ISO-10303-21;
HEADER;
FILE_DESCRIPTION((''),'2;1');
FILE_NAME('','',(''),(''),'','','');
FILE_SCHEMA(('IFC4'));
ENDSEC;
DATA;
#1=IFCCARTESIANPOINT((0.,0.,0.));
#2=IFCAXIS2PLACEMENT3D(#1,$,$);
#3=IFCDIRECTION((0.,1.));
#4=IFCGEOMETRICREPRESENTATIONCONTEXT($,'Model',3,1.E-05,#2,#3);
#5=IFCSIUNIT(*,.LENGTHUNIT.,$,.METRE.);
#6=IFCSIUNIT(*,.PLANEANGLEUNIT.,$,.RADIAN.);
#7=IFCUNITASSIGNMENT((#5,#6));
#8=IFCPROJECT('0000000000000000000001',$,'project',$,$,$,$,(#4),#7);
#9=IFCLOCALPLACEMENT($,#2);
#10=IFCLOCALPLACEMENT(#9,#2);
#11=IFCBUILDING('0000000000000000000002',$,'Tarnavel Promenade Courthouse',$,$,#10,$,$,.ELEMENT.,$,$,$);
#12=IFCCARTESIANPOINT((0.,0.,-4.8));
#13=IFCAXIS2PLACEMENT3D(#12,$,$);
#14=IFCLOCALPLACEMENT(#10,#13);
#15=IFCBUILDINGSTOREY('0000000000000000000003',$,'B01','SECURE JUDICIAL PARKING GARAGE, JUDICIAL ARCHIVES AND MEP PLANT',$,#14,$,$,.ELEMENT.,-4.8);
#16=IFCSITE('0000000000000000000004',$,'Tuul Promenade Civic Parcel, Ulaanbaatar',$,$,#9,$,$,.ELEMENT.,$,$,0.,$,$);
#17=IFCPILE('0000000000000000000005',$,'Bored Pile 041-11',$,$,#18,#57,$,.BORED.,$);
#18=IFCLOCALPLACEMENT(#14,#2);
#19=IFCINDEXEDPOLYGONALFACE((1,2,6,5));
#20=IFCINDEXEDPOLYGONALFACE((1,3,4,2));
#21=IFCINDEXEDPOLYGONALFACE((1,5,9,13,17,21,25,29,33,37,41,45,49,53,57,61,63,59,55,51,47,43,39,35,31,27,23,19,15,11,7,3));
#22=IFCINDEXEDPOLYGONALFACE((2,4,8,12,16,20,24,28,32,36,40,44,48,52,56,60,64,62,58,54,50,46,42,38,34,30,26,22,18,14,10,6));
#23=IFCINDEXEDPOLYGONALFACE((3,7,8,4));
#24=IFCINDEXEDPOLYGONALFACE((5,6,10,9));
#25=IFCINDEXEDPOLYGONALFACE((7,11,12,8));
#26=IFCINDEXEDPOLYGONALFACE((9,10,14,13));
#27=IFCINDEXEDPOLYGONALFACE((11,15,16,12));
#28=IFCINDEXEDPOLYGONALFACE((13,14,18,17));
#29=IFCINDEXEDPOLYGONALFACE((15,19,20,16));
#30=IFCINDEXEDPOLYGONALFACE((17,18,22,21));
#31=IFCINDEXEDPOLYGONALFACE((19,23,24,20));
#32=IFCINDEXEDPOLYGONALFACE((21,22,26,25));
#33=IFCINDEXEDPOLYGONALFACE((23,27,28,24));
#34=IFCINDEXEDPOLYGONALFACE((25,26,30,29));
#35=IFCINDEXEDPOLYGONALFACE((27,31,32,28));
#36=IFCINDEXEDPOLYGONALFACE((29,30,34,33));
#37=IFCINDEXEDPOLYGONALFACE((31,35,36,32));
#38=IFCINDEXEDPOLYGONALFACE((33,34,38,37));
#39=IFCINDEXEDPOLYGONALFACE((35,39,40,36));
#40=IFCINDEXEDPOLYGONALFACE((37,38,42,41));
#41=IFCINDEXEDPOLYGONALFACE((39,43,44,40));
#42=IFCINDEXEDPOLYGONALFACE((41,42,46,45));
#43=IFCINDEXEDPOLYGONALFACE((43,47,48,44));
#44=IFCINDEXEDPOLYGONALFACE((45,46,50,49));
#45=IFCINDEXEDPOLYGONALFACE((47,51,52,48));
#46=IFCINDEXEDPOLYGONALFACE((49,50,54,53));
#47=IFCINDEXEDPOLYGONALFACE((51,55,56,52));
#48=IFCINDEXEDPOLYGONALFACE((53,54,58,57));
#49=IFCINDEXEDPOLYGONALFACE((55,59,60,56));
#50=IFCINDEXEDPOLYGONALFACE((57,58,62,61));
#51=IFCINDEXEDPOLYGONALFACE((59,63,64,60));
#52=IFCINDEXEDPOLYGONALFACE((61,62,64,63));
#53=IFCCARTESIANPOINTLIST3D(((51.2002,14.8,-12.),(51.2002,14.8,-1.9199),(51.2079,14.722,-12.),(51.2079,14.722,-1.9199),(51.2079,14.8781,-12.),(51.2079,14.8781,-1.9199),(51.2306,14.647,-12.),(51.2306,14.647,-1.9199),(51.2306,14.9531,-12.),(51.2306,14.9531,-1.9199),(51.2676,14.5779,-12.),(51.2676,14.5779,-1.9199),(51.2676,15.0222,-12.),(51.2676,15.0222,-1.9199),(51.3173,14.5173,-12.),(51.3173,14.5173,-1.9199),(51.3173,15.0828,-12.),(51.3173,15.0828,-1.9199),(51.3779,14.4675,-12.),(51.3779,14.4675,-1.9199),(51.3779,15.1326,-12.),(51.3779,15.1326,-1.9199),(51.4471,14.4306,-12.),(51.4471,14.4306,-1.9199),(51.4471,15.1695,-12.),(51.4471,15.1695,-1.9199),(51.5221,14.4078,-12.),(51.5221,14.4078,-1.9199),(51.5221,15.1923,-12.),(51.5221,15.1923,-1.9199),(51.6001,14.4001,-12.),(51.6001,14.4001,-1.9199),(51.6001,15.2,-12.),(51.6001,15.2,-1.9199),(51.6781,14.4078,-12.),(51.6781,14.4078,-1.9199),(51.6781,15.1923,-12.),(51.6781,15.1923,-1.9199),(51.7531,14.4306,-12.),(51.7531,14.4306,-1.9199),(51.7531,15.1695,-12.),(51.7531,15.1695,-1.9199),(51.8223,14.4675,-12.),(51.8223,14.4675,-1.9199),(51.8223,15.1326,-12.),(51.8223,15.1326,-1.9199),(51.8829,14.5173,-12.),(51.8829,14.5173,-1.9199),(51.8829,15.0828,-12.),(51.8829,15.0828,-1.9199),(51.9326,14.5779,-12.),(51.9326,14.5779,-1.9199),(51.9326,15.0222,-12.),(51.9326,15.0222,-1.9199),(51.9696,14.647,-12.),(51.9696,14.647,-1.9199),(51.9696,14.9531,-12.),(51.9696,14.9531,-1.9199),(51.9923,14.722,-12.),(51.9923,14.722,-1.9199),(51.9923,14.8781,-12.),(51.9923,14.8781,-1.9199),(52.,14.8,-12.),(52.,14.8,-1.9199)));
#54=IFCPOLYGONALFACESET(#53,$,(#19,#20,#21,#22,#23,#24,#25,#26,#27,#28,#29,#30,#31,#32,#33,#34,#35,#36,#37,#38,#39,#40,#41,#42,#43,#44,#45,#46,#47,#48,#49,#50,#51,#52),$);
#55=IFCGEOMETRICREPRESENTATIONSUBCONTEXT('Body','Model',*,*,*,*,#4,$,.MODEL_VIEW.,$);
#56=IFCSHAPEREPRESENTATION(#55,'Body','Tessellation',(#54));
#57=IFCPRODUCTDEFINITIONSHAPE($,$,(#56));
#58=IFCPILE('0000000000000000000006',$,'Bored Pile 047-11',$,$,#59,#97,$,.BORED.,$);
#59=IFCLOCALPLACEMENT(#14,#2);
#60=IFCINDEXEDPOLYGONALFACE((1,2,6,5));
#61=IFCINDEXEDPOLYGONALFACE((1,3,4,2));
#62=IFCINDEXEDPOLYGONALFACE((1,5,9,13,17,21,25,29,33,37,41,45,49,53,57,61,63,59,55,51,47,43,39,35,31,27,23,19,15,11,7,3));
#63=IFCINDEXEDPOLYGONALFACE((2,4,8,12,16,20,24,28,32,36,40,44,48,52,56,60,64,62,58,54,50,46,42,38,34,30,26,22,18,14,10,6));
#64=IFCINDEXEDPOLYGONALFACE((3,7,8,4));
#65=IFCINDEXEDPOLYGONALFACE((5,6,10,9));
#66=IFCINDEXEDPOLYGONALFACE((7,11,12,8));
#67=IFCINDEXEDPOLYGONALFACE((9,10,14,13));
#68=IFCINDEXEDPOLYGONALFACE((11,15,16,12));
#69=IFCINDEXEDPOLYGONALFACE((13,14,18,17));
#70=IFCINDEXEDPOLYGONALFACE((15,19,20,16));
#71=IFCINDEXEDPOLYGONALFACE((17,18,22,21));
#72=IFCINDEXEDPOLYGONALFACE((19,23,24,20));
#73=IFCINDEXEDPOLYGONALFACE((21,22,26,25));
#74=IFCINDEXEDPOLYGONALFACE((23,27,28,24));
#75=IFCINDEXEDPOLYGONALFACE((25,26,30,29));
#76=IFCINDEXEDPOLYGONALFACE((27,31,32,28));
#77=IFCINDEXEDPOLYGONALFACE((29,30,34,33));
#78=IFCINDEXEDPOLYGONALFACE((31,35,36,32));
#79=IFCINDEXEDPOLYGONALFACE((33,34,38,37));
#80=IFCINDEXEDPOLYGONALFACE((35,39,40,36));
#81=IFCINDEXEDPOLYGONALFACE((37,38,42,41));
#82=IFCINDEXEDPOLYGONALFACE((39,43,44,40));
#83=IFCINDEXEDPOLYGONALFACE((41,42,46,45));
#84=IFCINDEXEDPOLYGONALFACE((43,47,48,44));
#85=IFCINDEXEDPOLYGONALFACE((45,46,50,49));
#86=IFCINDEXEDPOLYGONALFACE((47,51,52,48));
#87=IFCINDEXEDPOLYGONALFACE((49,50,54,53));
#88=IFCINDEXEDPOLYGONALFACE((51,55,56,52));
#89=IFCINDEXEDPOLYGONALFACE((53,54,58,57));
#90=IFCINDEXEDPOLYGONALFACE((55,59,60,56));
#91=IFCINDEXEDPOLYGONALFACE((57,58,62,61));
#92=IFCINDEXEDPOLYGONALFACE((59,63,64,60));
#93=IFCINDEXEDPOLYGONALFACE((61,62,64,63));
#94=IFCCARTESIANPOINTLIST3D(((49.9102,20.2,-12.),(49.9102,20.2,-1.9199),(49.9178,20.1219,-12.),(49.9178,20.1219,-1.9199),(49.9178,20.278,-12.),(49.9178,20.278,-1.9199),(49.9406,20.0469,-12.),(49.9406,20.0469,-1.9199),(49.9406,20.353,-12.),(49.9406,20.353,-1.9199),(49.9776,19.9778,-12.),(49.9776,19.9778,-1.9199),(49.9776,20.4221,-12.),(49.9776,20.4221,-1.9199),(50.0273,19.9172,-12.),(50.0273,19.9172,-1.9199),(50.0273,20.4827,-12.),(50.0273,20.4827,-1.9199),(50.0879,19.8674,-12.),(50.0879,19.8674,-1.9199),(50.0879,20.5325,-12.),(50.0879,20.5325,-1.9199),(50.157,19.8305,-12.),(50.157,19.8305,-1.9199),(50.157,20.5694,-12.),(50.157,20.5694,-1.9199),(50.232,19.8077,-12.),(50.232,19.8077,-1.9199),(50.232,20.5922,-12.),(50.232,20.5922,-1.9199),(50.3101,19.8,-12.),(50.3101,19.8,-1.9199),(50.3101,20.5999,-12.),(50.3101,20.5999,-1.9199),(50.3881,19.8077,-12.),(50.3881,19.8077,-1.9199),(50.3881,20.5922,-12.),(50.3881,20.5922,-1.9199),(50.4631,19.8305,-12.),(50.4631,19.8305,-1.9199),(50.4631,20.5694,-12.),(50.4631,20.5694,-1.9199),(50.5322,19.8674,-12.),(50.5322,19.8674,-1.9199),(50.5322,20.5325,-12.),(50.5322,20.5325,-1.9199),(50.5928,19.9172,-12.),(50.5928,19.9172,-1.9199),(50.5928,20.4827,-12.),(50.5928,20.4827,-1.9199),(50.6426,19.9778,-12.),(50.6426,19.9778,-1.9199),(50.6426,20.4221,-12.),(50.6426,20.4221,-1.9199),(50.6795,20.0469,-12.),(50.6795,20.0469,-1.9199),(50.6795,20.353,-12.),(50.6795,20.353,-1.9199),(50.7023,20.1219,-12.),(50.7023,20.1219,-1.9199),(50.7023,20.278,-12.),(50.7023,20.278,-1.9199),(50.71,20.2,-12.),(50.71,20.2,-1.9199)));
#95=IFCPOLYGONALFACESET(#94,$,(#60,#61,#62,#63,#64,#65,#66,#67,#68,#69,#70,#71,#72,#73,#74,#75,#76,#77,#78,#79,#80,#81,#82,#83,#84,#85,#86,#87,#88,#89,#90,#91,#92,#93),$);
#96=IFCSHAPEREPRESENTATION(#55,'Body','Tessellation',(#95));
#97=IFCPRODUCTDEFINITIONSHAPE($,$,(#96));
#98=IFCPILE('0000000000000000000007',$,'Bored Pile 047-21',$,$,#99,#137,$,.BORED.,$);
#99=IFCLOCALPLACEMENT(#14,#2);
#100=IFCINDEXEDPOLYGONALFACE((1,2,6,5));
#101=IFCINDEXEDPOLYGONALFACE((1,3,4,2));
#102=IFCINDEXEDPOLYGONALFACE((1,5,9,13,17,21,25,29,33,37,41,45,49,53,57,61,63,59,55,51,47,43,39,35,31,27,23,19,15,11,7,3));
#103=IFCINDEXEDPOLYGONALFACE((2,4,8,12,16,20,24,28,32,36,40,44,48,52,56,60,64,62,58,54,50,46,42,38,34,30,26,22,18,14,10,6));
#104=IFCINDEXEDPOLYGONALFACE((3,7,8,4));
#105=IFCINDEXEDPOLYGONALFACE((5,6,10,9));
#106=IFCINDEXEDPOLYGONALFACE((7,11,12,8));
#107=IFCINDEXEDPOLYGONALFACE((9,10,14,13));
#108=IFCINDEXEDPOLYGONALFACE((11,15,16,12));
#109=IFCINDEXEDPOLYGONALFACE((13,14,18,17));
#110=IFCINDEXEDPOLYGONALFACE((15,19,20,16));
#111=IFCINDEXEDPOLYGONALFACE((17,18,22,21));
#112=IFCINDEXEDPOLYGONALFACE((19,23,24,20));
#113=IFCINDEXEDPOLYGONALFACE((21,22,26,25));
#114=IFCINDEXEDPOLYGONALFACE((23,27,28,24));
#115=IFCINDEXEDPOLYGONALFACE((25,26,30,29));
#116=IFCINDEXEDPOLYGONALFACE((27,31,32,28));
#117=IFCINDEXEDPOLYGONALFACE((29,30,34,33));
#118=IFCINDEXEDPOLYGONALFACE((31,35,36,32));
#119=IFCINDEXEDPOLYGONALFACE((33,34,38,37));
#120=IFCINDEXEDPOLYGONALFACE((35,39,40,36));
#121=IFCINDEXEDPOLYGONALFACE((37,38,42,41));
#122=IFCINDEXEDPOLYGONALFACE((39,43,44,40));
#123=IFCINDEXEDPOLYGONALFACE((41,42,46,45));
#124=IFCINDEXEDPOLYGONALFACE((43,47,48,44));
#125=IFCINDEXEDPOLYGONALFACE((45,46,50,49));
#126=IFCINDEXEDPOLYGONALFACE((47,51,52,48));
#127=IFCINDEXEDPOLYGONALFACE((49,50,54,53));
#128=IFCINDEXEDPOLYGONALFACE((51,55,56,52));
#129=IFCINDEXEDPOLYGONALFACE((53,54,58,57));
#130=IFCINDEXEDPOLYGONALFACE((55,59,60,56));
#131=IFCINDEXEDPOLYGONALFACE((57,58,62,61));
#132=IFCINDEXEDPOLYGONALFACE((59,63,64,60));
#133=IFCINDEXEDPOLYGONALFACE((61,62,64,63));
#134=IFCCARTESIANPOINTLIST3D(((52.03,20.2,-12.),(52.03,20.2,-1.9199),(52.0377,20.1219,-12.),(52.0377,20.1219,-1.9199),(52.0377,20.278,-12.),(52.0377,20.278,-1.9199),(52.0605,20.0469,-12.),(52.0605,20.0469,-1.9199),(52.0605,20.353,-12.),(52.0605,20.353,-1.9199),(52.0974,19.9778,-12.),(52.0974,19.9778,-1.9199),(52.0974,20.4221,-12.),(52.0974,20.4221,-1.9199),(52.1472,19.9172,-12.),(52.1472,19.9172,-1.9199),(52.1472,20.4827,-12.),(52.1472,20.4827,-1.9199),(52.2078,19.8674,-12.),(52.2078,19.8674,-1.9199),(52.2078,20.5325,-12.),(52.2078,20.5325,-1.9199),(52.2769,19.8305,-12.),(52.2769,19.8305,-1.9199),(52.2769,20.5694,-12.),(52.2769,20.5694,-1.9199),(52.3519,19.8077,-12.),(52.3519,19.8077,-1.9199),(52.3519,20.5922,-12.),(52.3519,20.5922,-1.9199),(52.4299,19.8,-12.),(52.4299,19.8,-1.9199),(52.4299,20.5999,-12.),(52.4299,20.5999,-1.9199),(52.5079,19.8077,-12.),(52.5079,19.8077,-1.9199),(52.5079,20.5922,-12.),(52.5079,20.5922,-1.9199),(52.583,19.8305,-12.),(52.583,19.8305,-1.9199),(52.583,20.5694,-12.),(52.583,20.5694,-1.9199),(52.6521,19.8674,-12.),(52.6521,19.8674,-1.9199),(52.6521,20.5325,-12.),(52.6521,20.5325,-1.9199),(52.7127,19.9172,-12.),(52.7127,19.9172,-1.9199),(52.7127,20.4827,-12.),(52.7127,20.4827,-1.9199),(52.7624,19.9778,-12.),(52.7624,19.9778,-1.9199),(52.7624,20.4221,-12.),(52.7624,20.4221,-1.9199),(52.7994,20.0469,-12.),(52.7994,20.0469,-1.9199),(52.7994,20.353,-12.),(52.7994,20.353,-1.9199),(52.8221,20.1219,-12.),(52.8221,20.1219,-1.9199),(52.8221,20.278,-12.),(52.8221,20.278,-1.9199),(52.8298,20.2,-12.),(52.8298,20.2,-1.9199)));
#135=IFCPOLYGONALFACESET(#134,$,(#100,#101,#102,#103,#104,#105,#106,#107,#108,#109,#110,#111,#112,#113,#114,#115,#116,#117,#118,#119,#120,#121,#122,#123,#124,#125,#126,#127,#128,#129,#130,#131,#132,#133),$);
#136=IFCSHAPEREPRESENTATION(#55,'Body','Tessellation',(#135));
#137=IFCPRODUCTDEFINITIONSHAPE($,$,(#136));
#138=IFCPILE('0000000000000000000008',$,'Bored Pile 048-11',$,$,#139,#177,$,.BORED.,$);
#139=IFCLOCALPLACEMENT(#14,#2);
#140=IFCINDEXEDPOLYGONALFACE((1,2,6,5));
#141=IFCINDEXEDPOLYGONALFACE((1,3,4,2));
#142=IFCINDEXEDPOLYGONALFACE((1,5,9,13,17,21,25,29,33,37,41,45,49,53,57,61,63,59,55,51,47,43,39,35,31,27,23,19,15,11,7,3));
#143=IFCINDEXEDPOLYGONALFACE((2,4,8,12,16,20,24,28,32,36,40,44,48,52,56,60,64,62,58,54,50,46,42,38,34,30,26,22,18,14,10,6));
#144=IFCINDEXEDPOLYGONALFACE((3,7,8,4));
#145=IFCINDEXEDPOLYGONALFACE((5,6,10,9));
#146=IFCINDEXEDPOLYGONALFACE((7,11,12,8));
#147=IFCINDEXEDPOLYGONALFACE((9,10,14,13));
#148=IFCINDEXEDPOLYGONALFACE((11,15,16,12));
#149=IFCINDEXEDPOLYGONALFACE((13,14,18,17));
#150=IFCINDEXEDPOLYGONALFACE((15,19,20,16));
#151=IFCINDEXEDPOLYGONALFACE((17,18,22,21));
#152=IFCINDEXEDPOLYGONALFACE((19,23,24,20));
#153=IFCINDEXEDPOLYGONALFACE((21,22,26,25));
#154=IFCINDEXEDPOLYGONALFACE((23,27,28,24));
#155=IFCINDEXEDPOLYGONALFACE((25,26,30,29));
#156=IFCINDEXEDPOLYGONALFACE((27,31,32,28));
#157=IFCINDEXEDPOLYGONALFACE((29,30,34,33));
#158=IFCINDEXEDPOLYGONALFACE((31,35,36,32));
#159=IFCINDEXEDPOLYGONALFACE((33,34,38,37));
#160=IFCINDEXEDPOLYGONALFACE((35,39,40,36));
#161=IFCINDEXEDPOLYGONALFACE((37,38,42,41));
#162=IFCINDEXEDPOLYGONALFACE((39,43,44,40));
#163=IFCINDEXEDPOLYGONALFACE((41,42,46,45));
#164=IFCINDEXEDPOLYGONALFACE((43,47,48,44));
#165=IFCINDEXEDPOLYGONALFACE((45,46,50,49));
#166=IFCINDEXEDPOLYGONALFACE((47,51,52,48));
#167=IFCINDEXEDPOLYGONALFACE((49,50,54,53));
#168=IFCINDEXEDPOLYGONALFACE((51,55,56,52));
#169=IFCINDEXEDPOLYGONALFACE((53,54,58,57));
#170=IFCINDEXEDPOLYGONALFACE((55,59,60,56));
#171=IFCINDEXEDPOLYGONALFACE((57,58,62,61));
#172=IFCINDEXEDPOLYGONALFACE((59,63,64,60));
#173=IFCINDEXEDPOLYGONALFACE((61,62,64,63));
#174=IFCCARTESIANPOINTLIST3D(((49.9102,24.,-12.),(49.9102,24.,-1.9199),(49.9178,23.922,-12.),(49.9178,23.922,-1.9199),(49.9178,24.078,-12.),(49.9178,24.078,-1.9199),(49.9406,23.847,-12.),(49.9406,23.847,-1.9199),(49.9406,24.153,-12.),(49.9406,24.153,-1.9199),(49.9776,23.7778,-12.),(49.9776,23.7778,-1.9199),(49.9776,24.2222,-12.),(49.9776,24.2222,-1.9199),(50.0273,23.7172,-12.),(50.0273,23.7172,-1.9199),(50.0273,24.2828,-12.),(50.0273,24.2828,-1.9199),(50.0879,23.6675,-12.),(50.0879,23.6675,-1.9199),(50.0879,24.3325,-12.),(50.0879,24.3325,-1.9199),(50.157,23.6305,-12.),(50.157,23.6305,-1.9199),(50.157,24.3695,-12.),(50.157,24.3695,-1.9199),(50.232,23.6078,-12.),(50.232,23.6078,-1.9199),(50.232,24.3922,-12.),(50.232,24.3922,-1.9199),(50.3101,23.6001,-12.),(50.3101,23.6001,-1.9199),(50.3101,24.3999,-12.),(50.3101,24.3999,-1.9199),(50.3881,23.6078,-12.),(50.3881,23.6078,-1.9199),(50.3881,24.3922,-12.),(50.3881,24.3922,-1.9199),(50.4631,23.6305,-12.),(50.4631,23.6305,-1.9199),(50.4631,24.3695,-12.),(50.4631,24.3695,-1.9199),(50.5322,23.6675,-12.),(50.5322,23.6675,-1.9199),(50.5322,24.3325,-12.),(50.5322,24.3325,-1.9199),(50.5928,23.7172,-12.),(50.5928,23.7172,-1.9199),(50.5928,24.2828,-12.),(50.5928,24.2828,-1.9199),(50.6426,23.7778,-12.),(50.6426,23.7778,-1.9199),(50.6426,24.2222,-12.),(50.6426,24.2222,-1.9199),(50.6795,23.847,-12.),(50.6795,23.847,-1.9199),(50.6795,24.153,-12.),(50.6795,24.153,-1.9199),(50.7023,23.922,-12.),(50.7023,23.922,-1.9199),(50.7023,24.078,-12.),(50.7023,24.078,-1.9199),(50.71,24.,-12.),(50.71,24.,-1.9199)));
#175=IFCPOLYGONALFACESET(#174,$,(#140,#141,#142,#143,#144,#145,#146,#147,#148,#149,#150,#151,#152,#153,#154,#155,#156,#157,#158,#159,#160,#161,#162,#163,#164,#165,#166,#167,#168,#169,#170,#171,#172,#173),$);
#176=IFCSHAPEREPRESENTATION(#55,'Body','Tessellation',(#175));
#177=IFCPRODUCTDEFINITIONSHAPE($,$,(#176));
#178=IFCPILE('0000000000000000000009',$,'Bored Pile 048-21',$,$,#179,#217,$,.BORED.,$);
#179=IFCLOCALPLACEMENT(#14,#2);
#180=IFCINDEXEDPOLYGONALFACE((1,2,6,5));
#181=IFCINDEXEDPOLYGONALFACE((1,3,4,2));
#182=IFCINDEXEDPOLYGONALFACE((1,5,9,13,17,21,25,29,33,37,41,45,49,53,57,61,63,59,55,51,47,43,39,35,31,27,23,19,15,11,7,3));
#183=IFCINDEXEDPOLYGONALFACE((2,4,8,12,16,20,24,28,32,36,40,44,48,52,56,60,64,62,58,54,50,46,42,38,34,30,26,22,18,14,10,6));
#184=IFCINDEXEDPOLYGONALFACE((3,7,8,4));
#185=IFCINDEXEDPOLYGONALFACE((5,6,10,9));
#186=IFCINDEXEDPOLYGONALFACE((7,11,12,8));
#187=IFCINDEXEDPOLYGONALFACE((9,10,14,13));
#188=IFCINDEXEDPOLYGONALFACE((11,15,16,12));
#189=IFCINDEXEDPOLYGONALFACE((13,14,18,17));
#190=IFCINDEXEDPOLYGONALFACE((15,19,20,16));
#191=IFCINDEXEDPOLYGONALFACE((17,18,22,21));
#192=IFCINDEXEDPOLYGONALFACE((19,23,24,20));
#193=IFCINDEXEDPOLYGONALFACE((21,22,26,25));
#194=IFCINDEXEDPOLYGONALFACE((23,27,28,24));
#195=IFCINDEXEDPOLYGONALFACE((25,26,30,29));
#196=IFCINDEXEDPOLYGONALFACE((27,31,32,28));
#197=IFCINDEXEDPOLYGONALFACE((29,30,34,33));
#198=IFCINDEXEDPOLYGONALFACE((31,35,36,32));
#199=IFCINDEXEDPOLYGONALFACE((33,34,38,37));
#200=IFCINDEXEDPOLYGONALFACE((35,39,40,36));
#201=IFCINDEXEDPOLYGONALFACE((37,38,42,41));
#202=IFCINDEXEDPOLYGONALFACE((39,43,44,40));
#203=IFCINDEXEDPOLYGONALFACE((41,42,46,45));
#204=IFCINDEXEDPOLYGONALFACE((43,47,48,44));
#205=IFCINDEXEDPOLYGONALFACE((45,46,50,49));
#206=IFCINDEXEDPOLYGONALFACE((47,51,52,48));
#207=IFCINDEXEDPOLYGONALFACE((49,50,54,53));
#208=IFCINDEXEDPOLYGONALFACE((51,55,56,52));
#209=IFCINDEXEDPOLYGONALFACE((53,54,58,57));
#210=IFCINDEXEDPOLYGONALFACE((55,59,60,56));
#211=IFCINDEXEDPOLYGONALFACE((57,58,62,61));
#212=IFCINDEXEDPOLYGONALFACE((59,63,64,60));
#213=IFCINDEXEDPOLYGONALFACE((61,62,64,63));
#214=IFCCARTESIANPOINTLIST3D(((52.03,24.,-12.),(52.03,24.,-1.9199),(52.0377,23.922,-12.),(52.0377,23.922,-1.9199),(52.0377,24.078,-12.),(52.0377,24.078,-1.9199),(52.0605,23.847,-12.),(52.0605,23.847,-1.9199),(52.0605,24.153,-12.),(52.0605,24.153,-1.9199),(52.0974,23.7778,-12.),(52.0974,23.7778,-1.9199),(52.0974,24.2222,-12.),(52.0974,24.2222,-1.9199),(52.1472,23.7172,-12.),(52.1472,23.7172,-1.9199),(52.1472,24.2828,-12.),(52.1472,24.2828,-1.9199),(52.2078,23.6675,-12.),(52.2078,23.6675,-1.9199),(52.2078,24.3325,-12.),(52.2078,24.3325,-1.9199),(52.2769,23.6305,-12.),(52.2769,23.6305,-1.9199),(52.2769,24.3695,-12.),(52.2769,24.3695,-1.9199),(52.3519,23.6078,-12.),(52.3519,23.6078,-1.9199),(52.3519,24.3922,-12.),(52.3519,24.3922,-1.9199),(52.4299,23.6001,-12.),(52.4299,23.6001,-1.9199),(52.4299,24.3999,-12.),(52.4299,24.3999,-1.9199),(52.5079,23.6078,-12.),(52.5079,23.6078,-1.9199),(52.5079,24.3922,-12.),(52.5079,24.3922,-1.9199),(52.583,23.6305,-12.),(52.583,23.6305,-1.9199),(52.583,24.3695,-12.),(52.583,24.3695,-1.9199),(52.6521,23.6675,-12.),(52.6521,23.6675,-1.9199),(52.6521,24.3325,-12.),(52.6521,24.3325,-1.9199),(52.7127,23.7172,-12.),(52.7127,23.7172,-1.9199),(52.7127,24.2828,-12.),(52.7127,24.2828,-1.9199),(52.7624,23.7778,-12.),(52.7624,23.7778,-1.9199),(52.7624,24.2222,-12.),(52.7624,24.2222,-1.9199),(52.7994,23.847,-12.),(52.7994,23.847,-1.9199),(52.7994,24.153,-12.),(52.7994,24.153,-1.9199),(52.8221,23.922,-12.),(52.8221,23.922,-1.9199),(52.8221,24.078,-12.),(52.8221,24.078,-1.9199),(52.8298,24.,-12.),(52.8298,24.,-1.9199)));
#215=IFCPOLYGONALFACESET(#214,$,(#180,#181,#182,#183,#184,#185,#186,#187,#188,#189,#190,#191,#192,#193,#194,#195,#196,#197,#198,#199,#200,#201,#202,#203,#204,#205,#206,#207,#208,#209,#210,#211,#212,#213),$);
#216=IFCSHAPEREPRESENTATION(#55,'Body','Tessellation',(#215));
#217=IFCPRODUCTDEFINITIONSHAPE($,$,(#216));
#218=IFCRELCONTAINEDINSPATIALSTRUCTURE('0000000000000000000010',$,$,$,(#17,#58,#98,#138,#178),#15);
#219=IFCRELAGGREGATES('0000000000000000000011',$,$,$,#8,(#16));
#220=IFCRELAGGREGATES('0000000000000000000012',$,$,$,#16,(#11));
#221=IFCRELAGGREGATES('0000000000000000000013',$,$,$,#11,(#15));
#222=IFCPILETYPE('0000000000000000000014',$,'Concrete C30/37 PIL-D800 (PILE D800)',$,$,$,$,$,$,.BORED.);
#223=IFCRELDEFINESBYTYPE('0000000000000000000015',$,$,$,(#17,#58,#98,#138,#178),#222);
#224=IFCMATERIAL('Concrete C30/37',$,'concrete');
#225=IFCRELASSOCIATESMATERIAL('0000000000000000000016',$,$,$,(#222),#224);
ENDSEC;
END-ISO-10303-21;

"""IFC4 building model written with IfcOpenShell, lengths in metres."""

from ifc_helpers import new_model, si_unit, direction, frame, origin, origin_2d, place, context, subcontext, project, spatial, circle, extrude, material, material_profile, profile_set, type_object, element, save


model = new_model("IFC4")

# Units and contexts
model_context = context("Model", 3, precision=1e-05, world=origin(), true_north=direction((0.0, 1.0)))
body_context = subcontext(model_context, "Body", "Model", "MODEL_VIEW")
ifc_project = project(units=[si_unit("LENGTHUNIT", "METRE"), si_unit("PLANEANGLEUNIT", "RADIAN")], contexts=[model_context])

# Site, building, storey
site_placement = place(None, origin())
site = spatial("IfcSite", under=ifc_project, at=site_placement, Name="Tuul Promenade Civic Parcel, Ulaanbaatar", CompositionType="ELEMENT", RefElevation=0.0)
building_placement = place(site_placement, origin())
building = spatial("IfcBuilding", under=site, at=building_placement, Name="Tarnavel Promenade Courthouse", CompositionType="ELEMENT")
storey_placement = place(building_placement, frame((0.0, 0.0, -4.8)))
storey = spatial("IfcBuildingStorey", under=building, at=storey_placement, Name="B01", Description="SECURE JUDICIAL PARKING GARAGE, JUDICIAL ARCHIVES AND MEP PLANT", CompositionType="ELEMENT", Elevation=-4.8)

# Piles
ifc_material_1 = material(Name="Concrete C30/37", Category="concrete")
ifc_material_profile_1 = material_profile(ifc_material_1, circle(Radius=0.3999, at=origin_2d()), Name="PILE D800")
ifc_profile_set_1 = profile_set([ifc_material_profile_1], Name="Concrete C30/37")
pile_type = type_object("IfcPileType", Name="Concrete C30/37 PIL-D800 (PILE D800)", PredefinedType="BORED", material=ifc_profile_set_1)
for number, where, z_axis, x_axis, name in (
    (1, (51.6001, 14.8, -1.9199), (0.0, 0.0, -1.0), (1.0, 0.0, 0.0), "Bored Pile 041-11"),
    (2, (50.3101, 20.2, -1.9199), (0.0, 0.0, -1.0), (1.0, 0.0, 0.0), "Bored Pile 047-11"),
    (3, (52.4299, 20.2, -1.9199), (0.0, 0.0, -1.0), (1.0, 0.0, 0.0), "Bored Pile 047-21"),
    (4, (50.3101, 24.0, -1.9199), (0.0, 0.0, -1.0), (1.0, 0.0, 0.0), "Bored Pile 048-11"),
    (5, (52.4299, 24.0, -1.9199), (0.0, 0.0, -1.0), (1.0, 0.0, 0.0), "Bored Pile 048-21"),
):
    element("IfcPile", number, at=place(storey_placement, frame(where, z_axis=z_axis, x_axis=x_axis)), inside=storey, type_object=pile_type, Name=name, PredefinedType="BORED", context=body_context, shape_type="SweptSolid", body=[
        extrude(circle(Radius=0.3999, at=origin_2d()), origin(), (0.0, 0.0, 1.0), 10.0801),
    ])

save(model, "model.ifc")
